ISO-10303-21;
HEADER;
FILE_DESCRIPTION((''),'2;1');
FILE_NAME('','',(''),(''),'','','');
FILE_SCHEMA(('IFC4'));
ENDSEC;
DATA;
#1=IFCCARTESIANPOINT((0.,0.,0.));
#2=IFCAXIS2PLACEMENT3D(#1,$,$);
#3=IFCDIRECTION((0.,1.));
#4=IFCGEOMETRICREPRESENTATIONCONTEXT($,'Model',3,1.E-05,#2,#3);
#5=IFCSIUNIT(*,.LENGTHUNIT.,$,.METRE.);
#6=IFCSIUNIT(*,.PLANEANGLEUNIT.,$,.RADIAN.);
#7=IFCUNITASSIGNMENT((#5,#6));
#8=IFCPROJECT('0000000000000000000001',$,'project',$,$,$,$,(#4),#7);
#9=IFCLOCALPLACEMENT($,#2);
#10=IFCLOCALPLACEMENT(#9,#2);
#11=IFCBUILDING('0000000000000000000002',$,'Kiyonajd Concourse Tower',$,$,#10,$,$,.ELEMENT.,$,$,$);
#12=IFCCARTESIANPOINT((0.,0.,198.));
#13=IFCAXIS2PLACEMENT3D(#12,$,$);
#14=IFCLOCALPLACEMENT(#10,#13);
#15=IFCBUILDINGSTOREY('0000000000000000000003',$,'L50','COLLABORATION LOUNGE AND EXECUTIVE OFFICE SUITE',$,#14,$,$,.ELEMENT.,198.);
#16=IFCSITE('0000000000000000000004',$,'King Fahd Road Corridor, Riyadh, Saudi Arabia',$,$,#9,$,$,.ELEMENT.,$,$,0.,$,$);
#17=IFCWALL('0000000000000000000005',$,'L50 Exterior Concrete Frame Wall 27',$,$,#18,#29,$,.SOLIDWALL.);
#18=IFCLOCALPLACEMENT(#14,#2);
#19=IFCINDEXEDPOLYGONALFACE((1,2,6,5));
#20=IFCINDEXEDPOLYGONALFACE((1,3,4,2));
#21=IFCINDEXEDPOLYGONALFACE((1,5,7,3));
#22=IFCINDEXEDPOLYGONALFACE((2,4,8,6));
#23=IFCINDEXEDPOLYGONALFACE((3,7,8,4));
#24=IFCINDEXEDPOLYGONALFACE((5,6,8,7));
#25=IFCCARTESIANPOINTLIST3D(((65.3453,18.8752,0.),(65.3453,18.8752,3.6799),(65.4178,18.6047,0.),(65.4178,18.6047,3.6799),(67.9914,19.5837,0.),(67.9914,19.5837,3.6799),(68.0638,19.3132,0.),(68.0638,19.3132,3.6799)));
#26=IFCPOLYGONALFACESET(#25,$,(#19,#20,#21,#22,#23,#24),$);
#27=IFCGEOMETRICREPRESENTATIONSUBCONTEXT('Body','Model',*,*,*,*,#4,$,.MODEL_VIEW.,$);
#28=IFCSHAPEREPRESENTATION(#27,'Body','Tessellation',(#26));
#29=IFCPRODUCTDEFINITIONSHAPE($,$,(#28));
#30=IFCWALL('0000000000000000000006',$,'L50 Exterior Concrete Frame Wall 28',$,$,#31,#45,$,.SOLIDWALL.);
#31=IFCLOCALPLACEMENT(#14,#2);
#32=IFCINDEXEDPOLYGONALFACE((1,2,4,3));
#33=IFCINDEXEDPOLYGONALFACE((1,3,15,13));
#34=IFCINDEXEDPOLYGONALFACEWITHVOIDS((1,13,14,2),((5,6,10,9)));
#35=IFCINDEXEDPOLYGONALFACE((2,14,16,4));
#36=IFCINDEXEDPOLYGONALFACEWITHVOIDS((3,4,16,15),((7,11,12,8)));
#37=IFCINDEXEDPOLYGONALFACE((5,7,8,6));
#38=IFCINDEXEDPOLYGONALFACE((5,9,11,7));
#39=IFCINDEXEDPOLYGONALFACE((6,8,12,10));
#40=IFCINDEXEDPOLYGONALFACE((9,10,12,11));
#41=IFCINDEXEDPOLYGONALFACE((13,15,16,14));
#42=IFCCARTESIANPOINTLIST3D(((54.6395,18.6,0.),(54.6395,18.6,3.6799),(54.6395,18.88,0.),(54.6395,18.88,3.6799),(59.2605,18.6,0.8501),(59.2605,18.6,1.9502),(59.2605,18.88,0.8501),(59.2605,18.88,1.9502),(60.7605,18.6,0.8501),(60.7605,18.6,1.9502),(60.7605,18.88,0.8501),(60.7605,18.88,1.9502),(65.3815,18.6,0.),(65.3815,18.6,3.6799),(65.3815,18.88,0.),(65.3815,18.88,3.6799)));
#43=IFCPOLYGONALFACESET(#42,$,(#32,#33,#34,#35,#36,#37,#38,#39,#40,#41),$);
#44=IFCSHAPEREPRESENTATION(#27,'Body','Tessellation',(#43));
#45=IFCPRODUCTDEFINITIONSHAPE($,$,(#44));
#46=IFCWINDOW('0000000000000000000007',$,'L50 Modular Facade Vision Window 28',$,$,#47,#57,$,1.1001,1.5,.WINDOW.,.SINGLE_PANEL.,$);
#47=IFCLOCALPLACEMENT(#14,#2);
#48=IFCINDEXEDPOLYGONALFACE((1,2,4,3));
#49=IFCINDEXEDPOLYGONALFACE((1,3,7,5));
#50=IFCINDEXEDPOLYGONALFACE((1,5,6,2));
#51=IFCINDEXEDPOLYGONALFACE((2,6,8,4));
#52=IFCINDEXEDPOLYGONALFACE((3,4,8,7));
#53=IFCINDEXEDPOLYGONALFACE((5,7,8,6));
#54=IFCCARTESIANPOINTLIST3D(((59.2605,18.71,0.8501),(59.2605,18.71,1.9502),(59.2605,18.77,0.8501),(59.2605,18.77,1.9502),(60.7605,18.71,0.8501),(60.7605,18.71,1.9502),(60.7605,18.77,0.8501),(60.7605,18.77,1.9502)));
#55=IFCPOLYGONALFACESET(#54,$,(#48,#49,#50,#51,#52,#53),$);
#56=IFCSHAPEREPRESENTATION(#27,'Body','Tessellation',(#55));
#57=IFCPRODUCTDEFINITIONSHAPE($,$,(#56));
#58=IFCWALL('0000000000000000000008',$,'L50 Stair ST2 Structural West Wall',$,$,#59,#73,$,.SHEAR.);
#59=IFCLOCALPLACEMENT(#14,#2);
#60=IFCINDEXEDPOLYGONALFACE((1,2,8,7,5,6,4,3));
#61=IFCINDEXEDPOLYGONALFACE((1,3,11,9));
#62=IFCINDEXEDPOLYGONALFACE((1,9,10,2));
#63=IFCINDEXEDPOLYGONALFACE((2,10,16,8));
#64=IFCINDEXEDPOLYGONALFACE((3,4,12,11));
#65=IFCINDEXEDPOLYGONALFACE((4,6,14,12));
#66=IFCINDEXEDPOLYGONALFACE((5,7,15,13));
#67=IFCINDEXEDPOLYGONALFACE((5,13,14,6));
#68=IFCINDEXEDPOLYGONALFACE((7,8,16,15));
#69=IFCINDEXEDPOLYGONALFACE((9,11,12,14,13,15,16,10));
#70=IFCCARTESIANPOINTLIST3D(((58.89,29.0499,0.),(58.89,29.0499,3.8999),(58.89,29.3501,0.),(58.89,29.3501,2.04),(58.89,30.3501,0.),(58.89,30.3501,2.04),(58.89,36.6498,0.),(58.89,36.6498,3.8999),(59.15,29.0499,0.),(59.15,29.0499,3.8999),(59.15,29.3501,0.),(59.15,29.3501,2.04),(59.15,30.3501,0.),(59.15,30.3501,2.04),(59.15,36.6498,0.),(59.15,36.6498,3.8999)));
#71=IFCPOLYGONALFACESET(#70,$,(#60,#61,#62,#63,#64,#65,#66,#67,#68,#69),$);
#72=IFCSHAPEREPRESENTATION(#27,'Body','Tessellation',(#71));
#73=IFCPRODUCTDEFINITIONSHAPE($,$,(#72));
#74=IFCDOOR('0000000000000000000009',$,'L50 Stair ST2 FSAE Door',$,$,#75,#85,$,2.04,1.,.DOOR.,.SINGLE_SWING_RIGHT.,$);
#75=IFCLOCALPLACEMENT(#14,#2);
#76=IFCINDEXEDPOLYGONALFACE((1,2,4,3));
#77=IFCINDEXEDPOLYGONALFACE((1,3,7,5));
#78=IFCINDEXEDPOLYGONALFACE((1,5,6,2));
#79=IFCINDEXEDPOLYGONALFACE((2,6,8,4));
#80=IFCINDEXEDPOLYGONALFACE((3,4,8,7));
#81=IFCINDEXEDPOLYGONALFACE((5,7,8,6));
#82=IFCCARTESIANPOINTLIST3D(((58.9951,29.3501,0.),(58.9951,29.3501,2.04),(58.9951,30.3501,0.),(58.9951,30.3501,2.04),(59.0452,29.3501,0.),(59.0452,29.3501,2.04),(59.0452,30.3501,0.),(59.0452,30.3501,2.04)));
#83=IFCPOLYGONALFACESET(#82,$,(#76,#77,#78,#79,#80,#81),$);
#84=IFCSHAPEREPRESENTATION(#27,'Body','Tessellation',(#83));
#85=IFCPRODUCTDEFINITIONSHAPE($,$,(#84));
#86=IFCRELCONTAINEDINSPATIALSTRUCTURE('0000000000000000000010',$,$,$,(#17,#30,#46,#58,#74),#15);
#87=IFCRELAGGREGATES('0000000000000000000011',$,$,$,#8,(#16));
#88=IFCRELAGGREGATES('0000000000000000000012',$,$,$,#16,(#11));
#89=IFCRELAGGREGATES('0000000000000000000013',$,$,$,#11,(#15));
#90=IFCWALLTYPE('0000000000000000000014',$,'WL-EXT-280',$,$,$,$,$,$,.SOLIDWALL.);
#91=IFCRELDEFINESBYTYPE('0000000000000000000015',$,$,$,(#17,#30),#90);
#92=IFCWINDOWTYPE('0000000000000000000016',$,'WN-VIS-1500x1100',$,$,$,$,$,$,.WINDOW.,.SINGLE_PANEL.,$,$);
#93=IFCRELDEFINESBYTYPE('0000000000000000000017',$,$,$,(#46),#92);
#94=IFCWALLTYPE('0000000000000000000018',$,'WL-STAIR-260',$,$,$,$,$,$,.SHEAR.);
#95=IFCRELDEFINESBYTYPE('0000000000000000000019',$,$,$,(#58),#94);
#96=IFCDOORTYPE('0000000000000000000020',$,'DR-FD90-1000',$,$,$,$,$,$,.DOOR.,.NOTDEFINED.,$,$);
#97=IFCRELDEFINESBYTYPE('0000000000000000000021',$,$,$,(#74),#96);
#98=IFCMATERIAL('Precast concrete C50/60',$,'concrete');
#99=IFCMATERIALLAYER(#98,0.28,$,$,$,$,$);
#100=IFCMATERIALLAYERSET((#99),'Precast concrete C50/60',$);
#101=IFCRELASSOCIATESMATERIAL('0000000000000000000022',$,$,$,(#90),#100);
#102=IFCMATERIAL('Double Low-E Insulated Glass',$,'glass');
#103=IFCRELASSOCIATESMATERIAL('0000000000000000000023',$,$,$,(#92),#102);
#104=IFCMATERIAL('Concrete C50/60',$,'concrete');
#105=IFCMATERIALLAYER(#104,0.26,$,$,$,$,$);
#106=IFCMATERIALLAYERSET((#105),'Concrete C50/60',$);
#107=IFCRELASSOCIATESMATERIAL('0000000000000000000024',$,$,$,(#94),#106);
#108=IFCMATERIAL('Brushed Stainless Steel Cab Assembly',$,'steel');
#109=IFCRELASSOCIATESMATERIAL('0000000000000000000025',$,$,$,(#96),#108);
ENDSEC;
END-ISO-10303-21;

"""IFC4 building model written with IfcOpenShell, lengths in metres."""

from ifc_helpers import new_model, si_unit, direction, frame, frame_2d, origin, place, context, subcontext, project, spatial, rectangle, extrude, material, layer, layer_set, type_object, element, fill, save


model = new_model("IFC4")

# Units and contexts
model_context = context("Model", 3, precision=1e-05, world=origin(), true_north=direction((0.0, 1.0)))
body_context = subcontext(model_context, "Body", "Model", "MODEL_VIEW")
ifc_project = project(units=[si_unit("LENGTHUNIT", "METRE"), si_unit("PLANEANGLEUNIT", "RADIAN")], contexts=[model_context])

# Site, building, storey
site_placement = place(None, origin())
site = spatial("IfcSite", under=ifc_project, at=site_placement, Name="King Fahd Road Corridor, Riyadh, Saudi Arabia", CompositionType="ELEMENT", RefElevation=0.0)
building_placement = place(site_placement, origin())
building = spatial("IfcBuilding", under=site, at=building_placement, Name="Kiyonajd Concourse Tower", CompositionType="ELEMENT")
storey_placement = place(building_placement, frame((0.0, 0.0, 198.0)))
storey = spatial("IfcBuildingStorey", under=building, at=storey_placement, Name="L50", Description="COLLABORATION LOUNGE AND EXECUTIVE OFFICE SUITE", CompositionType="ELEMENT", Elevation=198.0)

# Shared definitions
ifc_material_1 = material(Name="Double Low-E Insulated Glass", Category="glass")

# Wall
ifc_material_2 = material(Name="Precast concrete C50/60", Category="concrete")
ifc_layer_1 = layer(ifc_material_2, 0.28)
ifc_layer_set_1 = layer_set([ifc_layer_1], Name="Precast concrete C50/60")
wall_type_1 = type_object("IfcWallType", Name="WL-EXT-280", PredefinedType="SOLIDWALL", material=ifc_layer_set_1)
wall_1_placement = place(storey_placement, frame((68.0276, 19.4485, 0.0), z_axis=(0.0, 0.0, 1.0), x_axis=(-0.965971, -0.25865, 0.0)))
element("IfcWall", 1, at=wall_1_placement, inside=storey, type_object=wall_type_1, Name="L50 Exterior Concrete Frame Wall 27", PredefinedType="SOLIDWALL", context=body_context, shape_type="SweptSolid", body=[
    extrude(rectangle(XDim=2.7393, YDim=0.28, at=frame_2d((1.3696, 0.0))), origin(), (0.0, 0.0, 1.0), 3.6799),
])

# Wall, opening, window
wall_2_placement = place(storey_placement, frame((65.3816, 18.74, 0.0), z_axis=(0.0, 0.0, 1.0), x_axis=(-1.0, 0.0, 0.0)))
wall_2 = element("IfcWall", 2, at=wall_2_placement, inside=storey, type_object=wall_type_1, Name="L50 Exterior Concrete Frame Wall 28", PredefinedType="SOLIDWALL", context=body_context, shape_type="SweptSolid", body=[
    extrude(rectangle(XDim=10.7419, YDim=0.28, at=frame_2d((5.3711, 0.0))), origin(), (0.0, 0.0, 1.0), 3.6799),
])
opening_1_placement = place(wall_2_placement, frame((4.6211, 0.0, 0.8501)))
opening_1 = element("IfcOpeningElement", 3, at=opening_1_placement, cuts=wall_2, PredefinedType="OPENING", context=body_context, shape_type="SweptSolid", body=[
    extrude(rectangle(XDim=1.5, YDim=1.1001, at=frame_2d((0.75, 0.55))), frame((0.0, 0.1499, 0.0), z_axis=(0.0, -1.0, 0.0), x_axis=(1.0, 0.0, 0.0)), (0.0, 0.0, 1.0), 0.3),
])
window_type = type_object("IfcWindowType", Name="WN-VIS-1500x1100", PartitioningType="SINGLE_PANEL", PredefinedType="WINDOW", material=ifc_material_1)
window_placement = place(opening_1_placement, origin())
window = element("IfcWindow", 4, at=window_placement, inside=storey, type_object=window_type, Name="L50 Modular Facade Vision Window 28", OverallHeight=1.1001, OverallWidth=1.5, PartitioningType="SINGLE_PANEL", PredefinedType="WINDOW", context=body_context, shape_type="SweptSolid", body=[
    extrude(rectangle(XDim=1.5, YDim=1.1001, at=frame_2d((0.75, 0.55))), frame((0.0, 0.03, 0.0), z_axis=(0.0, -1.0, 0.0), x_axis=(1.0, 0.0, 0.0)), (0.0, 0.0, 1.0), 0.0601),
])
fill(opening_1, window)

# Wall, opening, door
ifc_material_3 = material(Name="Concrete C50/60", Category="concrete")
ifc_layer_2 = layer(ifc_material_3, 0.26)
ifc_layer_set_2 = layer_set([ifc_layer_2], Name="Concrete C50/60")
wall_type_2 = type_object("IfcWallType", Name="WL-STAIR-260", PredefinedType="SHEAR", material=ifc_layer_set_2)
wall_3_placement = place(storey_placement, frame((59.02, 29.05, 0.0), z_axis=(0.0, 0.0, 1.0), x_axis=(0.0, 1.0, 0.0)))
wall_3 = element("IfcWall", 5, at=wall_3_placement, inside=storey, type_object=wall_type_2, Name="L50 Stair ST2 Structural West Wall", PredefinedType="SHEAR", context=body_context, shape_type="SweptSolid", body=[
    extrude(rectangle(XDim=7.5999, YDim=0.26, at=frame_2d((3.7998, 0.0))), origin(), (0.0, 0.0, 1.0), 3.8999),
])
opening_2_placement = place(wall_3_placement, frame((0.3, 0.0, 0.0)))
opening_2 = element("IfcOpeningElement", 6, at=opening_2_placement, cuts=wall_3, PredefinedType="OPENING", context=body_context, shape_type="SweptSolid", body=[
    extrude(rectangle(XDim=1.0, YDim=2.04, at=frame_2d((0.5, 1.02))), frame((0.0, 0.1399, 0.0), z_axis=(0.0, -1.0, 0.0), x_axis=(1.0, 0.0, 0.0)), (0.0, 0.0, 1.0), 0.28),
])
ifc_material_4 = material(Name="Brushed Stainless Steel Cab Assembly", Category="steel")
door_type = type_object("IfcDoorType", Name="DR-FD90-1000", OperationType="NOTDEFINED", PredefinedType="DOOR", material=ifc_material_4)
door_placement = place(opening_2_placement, origin())
door = element("IfcDoor", 7, at=door_placement, inside=storey, type_object=door_type, Name="L50 Stair ST2 FSAE Door", OperationType="SINGLE_SWING_RIGHT", OverallHeight=2.04, OverallWidth=1.0, PredefinedType="DOOR", context=body_context, shape_type="SweptSolid", body=[
    extrude(rectangle(XDim=1.0, YDim=2.04, at=frame_2d((0.5, 1.02))), frame((0.0, 0.0249, 0.0), z_axis=(0.0, -1.0, 0.0), x_axis=(1.0, 0.0, 0.0)), (0.0, 0.0, 1.0), 0.05),
])
fill(opening_2, door)

save(model, "model.ifc")
